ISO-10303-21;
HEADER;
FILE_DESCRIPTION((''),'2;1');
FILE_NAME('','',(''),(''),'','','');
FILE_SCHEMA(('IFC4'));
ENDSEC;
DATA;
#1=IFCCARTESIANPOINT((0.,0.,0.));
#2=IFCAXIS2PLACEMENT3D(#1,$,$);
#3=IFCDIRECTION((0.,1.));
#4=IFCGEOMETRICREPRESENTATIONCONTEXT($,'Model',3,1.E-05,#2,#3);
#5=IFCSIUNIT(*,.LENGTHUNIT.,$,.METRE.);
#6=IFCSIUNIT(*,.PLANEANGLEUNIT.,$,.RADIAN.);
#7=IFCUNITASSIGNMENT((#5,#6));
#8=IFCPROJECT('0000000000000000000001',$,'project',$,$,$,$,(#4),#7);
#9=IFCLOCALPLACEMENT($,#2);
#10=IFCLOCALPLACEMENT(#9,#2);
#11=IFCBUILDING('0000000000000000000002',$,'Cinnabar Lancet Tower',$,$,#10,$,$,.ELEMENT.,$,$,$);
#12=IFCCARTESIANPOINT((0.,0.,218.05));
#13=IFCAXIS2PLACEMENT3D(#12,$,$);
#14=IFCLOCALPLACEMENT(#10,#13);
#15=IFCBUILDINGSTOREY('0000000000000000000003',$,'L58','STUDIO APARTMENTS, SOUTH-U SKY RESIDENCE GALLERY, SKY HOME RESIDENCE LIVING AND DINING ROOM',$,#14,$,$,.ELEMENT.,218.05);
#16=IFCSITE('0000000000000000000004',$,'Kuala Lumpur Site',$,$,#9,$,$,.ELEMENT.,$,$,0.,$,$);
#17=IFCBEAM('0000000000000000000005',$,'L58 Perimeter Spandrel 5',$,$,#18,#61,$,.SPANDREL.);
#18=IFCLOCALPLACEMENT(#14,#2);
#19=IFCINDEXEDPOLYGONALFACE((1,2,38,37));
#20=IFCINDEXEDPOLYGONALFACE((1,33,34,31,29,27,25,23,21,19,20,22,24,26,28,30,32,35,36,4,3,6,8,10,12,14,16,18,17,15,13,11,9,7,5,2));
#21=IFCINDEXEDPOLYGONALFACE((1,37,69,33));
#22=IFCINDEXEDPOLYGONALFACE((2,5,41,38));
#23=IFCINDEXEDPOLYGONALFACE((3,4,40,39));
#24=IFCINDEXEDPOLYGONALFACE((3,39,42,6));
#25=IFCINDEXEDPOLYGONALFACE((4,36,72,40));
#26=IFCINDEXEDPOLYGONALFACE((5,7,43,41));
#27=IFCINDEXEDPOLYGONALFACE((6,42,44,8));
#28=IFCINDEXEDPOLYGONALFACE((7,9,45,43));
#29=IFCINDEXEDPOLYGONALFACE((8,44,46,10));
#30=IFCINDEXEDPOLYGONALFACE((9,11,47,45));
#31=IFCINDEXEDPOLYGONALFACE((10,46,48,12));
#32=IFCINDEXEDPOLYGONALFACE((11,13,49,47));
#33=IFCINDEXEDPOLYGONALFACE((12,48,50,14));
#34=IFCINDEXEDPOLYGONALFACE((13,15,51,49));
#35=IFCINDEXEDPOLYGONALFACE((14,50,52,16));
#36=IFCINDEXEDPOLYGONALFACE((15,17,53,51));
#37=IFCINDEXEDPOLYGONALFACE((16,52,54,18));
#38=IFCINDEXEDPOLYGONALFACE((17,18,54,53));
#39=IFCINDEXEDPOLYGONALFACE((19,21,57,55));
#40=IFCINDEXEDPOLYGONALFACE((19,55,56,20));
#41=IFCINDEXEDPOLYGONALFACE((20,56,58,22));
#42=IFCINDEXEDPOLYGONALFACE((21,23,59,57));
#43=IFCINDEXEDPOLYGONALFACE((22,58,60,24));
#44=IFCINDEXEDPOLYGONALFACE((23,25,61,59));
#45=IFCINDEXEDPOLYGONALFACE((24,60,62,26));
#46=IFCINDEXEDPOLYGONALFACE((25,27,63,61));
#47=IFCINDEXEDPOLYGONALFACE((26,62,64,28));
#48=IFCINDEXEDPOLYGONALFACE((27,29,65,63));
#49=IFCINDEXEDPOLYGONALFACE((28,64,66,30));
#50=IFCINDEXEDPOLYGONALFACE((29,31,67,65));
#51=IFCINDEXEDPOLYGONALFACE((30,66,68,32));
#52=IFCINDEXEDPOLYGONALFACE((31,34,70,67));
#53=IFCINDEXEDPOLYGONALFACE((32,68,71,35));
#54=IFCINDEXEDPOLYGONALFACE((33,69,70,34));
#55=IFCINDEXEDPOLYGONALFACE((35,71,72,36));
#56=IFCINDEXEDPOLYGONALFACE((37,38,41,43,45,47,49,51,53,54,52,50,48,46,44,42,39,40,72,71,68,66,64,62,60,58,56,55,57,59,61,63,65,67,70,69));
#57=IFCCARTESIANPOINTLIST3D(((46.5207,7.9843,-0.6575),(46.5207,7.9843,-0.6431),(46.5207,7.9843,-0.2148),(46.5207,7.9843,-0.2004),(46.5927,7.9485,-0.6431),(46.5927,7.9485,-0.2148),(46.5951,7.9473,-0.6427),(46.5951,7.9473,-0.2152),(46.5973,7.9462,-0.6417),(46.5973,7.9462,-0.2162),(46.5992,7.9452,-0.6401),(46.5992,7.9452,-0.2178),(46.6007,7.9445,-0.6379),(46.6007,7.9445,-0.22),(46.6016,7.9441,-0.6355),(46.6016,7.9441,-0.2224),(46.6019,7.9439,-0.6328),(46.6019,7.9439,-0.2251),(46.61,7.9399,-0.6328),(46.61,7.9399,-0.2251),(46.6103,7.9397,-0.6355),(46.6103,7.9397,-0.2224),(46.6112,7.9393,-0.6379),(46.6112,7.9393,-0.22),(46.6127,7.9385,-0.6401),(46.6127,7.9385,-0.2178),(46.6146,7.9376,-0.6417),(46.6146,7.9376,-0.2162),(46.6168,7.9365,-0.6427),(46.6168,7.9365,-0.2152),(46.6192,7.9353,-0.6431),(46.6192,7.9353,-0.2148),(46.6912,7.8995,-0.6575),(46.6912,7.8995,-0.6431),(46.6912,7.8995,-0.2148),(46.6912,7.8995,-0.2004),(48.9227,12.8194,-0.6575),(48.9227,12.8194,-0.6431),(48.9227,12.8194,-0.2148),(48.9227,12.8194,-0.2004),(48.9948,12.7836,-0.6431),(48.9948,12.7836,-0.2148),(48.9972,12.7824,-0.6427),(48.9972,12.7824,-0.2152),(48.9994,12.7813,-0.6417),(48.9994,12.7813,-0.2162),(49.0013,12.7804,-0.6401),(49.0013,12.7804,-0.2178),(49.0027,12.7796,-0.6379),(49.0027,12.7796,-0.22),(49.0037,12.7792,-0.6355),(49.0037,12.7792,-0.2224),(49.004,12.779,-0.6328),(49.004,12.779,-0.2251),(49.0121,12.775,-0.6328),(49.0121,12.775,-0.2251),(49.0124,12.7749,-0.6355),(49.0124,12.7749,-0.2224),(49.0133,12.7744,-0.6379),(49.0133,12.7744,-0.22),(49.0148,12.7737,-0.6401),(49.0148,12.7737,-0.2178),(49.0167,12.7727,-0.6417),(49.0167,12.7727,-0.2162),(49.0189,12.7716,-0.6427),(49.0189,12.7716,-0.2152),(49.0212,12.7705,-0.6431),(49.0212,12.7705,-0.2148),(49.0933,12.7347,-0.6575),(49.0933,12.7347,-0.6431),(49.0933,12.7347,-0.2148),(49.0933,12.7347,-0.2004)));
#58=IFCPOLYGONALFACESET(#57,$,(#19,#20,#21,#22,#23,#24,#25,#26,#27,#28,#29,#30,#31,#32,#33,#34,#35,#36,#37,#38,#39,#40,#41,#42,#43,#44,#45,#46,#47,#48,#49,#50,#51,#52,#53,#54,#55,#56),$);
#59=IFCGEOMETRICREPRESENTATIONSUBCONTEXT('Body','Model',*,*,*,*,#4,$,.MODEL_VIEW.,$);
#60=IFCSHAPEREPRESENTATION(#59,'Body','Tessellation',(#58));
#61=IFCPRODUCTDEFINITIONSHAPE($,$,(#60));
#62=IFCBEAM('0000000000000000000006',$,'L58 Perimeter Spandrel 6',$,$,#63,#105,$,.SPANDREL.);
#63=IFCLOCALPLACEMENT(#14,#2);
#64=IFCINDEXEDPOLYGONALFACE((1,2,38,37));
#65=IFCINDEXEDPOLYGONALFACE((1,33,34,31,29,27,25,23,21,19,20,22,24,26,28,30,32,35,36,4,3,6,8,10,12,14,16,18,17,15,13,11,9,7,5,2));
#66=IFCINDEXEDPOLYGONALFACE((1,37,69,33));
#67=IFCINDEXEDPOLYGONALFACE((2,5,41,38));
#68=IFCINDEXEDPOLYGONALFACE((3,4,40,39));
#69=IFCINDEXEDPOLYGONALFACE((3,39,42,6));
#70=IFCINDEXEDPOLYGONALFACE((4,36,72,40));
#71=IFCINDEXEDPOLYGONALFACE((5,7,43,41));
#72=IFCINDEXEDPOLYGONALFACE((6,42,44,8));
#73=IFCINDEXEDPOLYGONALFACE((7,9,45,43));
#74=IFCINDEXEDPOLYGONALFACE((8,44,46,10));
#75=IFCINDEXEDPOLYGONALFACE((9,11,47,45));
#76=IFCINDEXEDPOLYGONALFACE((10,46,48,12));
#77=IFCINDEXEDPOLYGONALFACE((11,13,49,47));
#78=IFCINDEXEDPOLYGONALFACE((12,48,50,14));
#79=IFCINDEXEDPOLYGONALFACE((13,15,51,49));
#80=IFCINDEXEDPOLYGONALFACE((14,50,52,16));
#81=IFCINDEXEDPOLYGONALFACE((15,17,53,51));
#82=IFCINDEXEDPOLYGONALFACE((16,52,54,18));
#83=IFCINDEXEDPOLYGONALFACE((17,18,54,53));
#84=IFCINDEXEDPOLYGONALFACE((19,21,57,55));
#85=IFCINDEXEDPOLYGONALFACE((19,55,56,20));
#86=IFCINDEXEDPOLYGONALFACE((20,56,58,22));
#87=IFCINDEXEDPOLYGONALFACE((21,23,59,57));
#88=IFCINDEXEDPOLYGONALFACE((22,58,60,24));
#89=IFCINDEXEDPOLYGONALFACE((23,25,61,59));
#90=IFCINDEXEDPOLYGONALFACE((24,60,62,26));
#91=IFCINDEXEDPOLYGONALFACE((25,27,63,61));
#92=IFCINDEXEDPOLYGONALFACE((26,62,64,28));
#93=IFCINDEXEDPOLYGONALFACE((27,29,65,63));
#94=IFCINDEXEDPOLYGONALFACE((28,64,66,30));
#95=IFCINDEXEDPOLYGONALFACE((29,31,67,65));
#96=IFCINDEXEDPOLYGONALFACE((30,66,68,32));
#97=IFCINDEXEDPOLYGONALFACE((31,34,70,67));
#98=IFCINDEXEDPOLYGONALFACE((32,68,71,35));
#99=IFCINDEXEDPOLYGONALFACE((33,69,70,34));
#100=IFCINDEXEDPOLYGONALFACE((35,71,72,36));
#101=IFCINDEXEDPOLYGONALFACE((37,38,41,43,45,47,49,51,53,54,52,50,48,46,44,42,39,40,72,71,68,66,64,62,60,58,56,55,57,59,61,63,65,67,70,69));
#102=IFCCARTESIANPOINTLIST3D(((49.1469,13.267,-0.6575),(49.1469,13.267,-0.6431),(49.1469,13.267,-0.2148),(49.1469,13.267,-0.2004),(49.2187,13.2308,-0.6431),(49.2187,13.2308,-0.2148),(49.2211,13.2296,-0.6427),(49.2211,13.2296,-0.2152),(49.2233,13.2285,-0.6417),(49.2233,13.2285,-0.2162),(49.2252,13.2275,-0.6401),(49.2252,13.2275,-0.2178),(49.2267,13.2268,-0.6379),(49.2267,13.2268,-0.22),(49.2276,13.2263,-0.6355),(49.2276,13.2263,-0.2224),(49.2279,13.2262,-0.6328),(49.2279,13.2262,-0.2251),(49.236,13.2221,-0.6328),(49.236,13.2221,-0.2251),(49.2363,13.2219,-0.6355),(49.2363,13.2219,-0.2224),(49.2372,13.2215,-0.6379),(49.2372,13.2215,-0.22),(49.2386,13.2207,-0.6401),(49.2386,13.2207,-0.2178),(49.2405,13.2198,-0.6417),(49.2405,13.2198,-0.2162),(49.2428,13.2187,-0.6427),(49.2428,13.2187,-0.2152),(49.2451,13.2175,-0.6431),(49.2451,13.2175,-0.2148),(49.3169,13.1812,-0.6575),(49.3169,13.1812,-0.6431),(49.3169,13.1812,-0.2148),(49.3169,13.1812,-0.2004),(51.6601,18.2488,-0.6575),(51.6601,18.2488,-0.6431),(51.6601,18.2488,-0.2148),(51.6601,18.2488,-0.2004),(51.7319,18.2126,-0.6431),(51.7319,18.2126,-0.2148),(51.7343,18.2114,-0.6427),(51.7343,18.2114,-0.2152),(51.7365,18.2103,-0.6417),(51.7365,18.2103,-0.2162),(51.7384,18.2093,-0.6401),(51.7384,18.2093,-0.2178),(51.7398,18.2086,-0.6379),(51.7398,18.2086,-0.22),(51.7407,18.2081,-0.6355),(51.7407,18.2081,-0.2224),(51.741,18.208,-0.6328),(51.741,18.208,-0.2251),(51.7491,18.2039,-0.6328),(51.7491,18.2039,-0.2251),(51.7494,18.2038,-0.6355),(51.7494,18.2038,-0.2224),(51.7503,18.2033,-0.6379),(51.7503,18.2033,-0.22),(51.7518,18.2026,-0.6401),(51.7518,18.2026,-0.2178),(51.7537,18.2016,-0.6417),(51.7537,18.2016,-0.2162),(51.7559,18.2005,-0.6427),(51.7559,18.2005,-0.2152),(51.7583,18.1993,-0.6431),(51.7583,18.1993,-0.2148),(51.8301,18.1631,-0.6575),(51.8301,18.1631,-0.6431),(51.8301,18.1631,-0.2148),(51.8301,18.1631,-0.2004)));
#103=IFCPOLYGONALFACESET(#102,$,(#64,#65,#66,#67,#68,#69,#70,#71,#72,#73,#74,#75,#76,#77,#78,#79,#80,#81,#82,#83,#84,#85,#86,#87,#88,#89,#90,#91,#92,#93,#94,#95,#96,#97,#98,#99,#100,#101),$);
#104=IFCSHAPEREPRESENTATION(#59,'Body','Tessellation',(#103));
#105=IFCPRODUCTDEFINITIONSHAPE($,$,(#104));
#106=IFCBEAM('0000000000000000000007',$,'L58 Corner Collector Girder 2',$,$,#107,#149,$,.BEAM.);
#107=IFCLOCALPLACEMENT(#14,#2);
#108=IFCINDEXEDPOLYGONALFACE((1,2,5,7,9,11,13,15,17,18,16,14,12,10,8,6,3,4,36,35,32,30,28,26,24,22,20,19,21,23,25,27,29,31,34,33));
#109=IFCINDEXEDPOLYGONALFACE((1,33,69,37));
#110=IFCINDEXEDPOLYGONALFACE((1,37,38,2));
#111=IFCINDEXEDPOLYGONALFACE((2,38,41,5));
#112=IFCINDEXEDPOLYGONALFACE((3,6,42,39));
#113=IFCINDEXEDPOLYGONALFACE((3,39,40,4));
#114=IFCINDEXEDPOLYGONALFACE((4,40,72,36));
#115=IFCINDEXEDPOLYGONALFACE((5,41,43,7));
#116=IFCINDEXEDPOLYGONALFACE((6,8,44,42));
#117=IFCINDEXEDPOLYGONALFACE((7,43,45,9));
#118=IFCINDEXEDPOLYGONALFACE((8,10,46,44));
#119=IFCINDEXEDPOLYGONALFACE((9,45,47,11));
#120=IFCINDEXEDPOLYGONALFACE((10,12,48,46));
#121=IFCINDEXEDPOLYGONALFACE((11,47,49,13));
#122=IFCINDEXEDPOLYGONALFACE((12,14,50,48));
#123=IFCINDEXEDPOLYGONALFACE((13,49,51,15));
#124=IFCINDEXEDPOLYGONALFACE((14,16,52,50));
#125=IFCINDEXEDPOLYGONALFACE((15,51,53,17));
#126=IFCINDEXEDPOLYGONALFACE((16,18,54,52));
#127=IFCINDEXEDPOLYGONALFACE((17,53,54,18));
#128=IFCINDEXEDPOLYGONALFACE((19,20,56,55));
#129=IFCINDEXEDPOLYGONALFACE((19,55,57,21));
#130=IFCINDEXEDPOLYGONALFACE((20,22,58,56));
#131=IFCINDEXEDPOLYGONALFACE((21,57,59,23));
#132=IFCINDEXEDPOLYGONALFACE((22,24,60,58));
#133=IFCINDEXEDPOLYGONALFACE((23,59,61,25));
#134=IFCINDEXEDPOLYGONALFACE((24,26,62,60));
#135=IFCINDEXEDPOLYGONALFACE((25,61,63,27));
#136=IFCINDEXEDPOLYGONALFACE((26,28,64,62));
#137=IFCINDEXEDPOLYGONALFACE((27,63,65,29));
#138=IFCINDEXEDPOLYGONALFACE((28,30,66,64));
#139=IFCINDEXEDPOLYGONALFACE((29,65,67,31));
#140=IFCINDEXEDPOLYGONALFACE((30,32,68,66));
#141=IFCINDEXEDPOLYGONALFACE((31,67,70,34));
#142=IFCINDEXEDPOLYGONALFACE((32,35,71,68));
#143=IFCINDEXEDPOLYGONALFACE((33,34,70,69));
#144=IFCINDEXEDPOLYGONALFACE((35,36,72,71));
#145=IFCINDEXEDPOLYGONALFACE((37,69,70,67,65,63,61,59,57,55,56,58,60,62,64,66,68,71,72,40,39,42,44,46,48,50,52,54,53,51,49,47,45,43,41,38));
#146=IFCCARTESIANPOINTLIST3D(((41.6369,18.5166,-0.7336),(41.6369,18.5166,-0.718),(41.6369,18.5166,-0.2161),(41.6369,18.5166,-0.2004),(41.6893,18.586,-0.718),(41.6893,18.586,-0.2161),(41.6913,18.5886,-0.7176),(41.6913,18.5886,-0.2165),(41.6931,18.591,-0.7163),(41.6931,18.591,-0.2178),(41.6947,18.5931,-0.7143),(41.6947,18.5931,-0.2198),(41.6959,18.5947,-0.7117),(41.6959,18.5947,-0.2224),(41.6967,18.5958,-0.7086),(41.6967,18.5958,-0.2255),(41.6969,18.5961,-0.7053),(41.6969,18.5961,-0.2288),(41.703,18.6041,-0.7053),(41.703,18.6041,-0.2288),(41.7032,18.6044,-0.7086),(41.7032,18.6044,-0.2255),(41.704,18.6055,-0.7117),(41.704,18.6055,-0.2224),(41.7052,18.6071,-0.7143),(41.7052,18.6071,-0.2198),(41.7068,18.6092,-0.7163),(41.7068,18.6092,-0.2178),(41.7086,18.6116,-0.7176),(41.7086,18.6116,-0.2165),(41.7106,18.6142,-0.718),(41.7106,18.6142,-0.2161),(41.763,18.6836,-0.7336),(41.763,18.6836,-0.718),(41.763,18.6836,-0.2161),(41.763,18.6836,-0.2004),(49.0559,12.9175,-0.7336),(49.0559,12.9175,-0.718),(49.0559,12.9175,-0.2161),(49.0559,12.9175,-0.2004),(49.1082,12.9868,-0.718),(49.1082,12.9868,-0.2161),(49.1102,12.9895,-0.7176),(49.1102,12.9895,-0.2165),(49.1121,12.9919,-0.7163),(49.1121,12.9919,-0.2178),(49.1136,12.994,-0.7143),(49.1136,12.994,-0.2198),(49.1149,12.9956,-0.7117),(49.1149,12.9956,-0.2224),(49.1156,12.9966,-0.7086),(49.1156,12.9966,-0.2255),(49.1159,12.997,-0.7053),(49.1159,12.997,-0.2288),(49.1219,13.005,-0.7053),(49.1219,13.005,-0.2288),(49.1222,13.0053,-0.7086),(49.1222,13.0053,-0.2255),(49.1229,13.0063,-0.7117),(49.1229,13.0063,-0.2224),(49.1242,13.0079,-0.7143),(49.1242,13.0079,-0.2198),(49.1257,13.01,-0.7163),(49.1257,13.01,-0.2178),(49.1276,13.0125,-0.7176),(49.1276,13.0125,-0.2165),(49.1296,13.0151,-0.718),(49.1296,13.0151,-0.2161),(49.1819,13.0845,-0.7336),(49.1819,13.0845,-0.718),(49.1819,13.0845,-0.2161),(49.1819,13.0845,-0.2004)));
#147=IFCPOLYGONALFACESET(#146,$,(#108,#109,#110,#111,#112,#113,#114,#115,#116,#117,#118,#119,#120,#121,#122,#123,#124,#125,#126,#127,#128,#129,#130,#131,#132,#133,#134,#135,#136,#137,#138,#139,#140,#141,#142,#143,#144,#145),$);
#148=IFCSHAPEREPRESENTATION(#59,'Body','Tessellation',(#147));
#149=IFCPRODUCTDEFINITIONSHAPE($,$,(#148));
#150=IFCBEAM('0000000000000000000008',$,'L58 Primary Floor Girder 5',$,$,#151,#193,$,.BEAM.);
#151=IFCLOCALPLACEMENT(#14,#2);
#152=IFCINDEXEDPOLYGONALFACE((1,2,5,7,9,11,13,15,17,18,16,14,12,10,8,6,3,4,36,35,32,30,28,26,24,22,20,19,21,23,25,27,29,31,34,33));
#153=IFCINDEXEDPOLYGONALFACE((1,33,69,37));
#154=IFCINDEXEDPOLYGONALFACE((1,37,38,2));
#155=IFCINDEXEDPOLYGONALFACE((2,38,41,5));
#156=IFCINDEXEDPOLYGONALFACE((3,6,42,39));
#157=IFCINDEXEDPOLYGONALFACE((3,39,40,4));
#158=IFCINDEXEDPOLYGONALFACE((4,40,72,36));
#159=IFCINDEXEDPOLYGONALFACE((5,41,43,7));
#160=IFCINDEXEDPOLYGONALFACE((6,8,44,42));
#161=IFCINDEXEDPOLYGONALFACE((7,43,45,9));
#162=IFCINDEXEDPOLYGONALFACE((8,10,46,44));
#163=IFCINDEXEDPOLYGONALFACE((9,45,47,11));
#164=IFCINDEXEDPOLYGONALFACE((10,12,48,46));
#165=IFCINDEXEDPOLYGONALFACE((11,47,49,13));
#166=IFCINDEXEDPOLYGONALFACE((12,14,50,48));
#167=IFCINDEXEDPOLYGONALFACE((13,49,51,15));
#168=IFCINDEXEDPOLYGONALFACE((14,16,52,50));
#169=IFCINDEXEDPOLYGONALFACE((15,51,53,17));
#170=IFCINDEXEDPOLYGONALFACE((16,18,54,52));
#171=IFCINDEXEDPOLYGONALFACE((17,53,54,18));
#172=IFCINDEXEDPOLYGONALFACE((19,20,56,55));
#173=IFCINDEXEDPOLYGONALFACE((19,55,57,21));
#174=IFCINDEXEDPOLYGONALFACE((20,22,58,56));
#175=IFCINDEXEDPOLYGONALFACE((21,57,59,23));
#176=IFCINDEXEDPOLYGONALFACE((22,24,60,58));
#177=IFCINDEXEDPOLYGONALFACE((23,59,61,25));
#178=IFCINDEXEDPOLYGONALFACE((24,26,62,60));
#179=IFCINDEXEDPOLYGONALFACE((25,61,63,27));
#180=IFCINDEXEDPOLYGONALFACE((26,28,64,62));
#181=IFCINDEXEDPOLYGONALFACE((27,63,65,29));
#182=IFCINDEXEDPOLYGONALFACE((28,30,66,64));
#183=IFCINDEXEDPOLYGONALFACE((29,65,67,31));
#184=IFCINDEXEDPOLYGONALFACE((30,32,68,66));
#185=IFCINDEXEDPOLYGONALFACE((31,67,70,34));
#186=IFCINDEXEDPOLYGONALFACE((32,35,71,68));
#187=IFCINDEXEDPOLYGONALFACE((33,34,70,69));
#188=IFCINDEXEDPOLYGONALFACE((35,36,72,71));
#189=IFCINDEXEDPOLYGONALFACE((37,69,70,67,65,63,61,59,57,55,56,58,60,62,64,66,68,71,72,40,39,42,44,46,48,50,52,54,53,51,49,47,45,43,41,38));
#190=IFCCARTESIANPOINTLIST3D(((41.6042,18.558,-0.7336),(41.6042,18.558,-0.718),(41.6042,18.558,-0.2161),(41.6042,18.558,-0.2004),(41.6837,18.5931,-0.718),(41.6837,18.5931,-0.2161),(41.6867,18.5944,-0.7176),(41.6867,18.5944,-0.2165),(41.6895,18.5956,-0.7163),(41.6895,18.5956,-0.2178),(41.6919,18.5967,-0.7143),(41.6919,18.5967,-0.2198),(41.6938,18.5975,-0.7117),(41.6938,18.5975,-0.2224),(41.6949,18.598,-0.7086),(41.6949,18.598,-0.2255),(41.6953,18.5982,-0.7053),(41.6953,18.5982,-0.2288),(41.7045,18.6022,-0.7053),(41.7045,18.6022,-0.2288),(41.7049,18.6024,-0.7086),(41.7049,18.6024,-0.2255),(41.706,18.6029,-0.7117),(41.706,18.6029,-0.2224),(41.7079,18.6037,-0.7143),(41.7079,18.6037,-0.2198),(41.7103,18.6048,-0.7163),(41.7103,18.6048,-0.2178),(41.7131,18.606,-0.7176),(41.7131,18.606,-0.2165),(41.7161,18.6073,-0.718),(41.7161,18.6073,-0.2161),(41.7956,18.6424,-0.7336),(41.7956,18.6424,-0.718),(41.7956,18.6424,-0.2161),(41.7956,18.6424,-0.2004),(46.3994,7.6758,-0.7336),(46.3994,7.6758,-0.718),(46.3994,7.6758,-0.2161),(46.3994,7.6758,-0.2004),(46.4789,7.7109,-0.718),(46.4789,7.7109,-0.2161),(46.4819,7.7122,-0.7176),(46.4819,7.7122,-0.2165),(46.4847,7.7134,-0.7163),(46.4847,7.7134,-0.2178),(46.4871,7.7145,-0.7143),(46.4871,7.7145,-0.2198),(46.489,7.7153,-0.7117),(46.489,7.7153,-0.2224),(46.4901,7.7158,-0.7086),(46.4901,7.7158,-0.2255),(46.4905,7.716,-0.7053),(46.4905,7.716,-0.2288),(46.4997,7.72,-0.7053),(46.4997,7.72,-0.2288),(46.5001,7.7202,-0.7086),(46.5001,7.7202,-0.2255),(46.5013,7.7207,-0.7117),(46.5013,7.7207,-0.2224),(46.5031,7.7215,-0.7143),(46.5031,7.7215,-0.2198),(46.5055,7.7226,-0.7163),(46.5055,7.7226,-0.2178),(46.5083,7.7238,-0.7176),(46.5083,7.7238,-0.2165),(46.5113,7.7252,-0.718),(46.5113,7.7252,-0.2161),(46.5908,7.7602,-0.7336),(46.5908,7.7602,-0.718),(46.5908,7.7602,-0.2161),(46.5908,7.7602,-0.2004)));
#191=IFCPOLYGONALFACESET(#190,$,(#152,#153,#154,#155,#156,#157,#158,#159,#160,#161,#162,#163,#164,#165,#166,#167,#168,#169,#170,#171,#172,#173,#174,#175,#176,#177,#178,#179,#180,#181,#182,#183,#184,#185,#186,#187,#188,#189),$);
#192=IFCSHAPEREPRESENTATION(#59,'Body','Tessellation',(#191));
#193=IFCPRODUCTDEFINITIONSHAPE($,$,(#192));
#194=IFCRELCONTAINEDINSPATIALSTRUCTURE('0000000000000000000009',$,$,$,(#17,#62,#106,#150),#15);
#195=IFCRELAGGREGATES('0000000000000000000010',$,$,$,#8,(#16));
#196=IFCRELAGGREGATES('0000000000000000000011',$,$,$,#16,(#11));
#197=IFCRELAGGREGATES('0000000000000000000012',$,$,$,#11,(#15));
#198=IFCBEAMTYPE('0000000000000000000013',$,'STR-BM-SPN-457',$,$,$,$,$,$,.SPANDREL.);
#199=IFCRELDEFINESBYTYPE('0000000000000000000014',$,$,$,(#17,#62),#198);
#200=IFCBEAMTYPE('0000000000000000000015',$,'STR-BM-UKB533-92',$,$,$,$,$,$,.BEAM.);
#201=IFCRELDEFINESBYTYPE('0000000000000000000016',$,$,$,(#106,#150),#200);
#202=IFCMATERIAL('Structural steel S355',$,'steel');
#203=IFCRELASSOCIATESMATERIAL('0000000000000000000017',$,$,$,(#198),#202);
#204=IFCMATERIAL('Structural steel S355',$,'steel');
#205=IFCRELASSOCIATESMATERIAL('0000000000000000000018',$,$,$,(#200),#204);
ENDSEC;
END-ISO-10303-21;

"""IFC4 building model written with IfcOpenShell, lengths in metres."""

from ifc_helpers import new_model, si_unit, direction, frame, origin, origin_2d, place, context, subcontext, project, spatial, i_section, extrude, material, material_profile, profile_set, type_object, element, save


model = new_model("IFC4")

# Units and contexts
model_context = context("Model", 3, precision=1e-05, world=origin(), true_north=direction((0.0, 1.0)))
body_context = subcontext(model_context, "Body", "Model", "MODEL_VIEW")
ifc_project = project(units=[si_unit("LENGTHUNIT", "METRE"), si_unit("PLANEANGLEUNIT", "RADIAN")], contexts=[model_context])

# Site, building, storey
site_placement = place(None, origin())
site = spatial("IfcSite", under=ifc_project, at=site_placement, Name="Kuala Lumpur Site", CompositionType="ELEMENT", RefElevation=0.0)
building_placement = place(site_placement, origin())
building = spatial("IfcBuilding", under=site, at=building_placement, Name="Cinnabar Lancet Tower", CompositionType="ELEMENT")
storey_placement = place(building_placement, frame((0.0, 0.0, 218.05)))
storey = spatial("IfcBuildingStorey", under=building, at=storey_placement, Name="L58", Description="STUDIO APARTMENTS, SOUTH-U SKY RESIDENCE GALLERY, SKY HOME RESIDENCE LIVING AND DINING ROOM", CompositionType="ELEMENT", Elevation=218.05)

# Beams
ifc_material_1 = material(Name="Structural steel S355", Category="steel")
ifc_material_profile_1 = material_profile(ifc_material_1, i_section(OverallWidth=0.1904, OverallDepth=0.457, WebThickness=0.009, FlangeThickness=0.0144, FilletRadius=0.0103, at=origin_2d()), Name="UKB 457x191x74")
ifc_profile_set_1 = profile_set([ifc_material_profile_1], Name="Structural steel S355")
beam_type_1 = type_object("IfcBeamType", Name="STR-BM-SPN-457", PredefinedType="SPANDREL", material=ifc_profile_set_1)
beam_1_placement = place(storey_placement, frame((46.606, 7.9419, -0.429), z_axis=(0.444915, 0.895573, 0.0), x_axis=(-0.895573, 0.444915, 0.0)))
element("IfcBeam", 1, at=beam_1_placement, inside=storey, type_object=beam_type_1, Name="L58 Perimeter Spandrel 5", PredefinedType="SPANDREL", context=body_context, shape_type="SweptSolid", body=[
    extrude(i_section(OverallWidth=0.1904, OverallDepth=0.457, WebThickness=0.009, FlangeThickness=0.0144, FilletRadius=0.0103, at=origin_2d()), origin(), (0.0, 0.0, 1.0), 5.3989),
])
beam_2_placement = place(storey_placement, frame((49.2319, 13.2241, -0.429), z_axis=(0.450396, 0.892829, 0.0), x_axis=(-0.892829, 0.450396, 0.0)))
element("IfcBeam", 2, at=beam_2_placement, inside=storey, type_object=beam_type_1, Name="L58 Perimeter Spandrel 6", PredefinedType="SPANDREL", context=body_context, shape_type="SweptSolid", body=[
    extrude(i_section(OverallWidth=0.1904, OverallDepth=0.457, WebThickness=0.009, FlangeThickness=0.0144, FilletRadius=0.0103, at=origin_2d()), origin(), (0.0, 0.0, 1.0), 5.5798),
])
ifc_material_2 = material(Name="Structural steel S355", Category="steel")
ifc_material_profile_2 = material_profile(ifc_material_2, i_section(OverallWidth=0.2092, OverallDepth=0.5332, WebThickness=0.01, FlangeThickness=0.0156, FilletRadius=0.0127, at=origin_2d()), Name="UKB 533x210x92")
ifc_profile_set_2 = profile_set([ifc_material_profile_2], Name="Structural steel S355")
beam_type_2 = type_object("IfcBeamType", Name="STR-BM-UKB533-92", PredefinedType="BEAM", material=ifc_profile_set_2)
beam_3_placement = place(storey_placement, frame((49.1189, 13.001, -0.467), z_axis=(-0.798193, 0.602401, 0.0), x_axis=(-0.602401, -0.798193, 0.0)))
element("IfcBeam", 3, at=beam_3_placement, inside=storey, type_object=beam_type_2, Name="L58 Corner Collector Girder 2", PredefinedType="BEAM", context=body_context, shape_type="SweptSolid", body=[
    extrude(i_section(OverallWidth=0.2092, OverallDepth=0.5332, WebThickness=0.01, FlangeThickness=0.0156, FilletRadius=0.0127, at=origin_2d()), origin(), (0.0, 0.0, 1.0), 9.2947),
])
beam_4_placement = place(storey_placement, frame((46.4951, 7.718, -0.467), z_axis=(-0.403235, 0.915096, 0.0), x_axis=(-0.915096, -0.403235, 0.0)))
element("IfcBeam", 4, at=beam_4_placement, inside=storey, type_object=beam_type_2, Name="L58 Primary Floor Girder 5", PredefinedType="BEAM", context=body_context, shape_type="SweptSolid", body=[
    extrude(i_section(OverallWidth=0.2092, OverallDepth=0.5332, WebThickness=0.01, FlangeThickness=0.0156, FilletRadius=0.0127, at=origin_2d()), origin(), (0.0, 0.0, 1.0), 11.8918),
])

save(model, "model.ifc")
